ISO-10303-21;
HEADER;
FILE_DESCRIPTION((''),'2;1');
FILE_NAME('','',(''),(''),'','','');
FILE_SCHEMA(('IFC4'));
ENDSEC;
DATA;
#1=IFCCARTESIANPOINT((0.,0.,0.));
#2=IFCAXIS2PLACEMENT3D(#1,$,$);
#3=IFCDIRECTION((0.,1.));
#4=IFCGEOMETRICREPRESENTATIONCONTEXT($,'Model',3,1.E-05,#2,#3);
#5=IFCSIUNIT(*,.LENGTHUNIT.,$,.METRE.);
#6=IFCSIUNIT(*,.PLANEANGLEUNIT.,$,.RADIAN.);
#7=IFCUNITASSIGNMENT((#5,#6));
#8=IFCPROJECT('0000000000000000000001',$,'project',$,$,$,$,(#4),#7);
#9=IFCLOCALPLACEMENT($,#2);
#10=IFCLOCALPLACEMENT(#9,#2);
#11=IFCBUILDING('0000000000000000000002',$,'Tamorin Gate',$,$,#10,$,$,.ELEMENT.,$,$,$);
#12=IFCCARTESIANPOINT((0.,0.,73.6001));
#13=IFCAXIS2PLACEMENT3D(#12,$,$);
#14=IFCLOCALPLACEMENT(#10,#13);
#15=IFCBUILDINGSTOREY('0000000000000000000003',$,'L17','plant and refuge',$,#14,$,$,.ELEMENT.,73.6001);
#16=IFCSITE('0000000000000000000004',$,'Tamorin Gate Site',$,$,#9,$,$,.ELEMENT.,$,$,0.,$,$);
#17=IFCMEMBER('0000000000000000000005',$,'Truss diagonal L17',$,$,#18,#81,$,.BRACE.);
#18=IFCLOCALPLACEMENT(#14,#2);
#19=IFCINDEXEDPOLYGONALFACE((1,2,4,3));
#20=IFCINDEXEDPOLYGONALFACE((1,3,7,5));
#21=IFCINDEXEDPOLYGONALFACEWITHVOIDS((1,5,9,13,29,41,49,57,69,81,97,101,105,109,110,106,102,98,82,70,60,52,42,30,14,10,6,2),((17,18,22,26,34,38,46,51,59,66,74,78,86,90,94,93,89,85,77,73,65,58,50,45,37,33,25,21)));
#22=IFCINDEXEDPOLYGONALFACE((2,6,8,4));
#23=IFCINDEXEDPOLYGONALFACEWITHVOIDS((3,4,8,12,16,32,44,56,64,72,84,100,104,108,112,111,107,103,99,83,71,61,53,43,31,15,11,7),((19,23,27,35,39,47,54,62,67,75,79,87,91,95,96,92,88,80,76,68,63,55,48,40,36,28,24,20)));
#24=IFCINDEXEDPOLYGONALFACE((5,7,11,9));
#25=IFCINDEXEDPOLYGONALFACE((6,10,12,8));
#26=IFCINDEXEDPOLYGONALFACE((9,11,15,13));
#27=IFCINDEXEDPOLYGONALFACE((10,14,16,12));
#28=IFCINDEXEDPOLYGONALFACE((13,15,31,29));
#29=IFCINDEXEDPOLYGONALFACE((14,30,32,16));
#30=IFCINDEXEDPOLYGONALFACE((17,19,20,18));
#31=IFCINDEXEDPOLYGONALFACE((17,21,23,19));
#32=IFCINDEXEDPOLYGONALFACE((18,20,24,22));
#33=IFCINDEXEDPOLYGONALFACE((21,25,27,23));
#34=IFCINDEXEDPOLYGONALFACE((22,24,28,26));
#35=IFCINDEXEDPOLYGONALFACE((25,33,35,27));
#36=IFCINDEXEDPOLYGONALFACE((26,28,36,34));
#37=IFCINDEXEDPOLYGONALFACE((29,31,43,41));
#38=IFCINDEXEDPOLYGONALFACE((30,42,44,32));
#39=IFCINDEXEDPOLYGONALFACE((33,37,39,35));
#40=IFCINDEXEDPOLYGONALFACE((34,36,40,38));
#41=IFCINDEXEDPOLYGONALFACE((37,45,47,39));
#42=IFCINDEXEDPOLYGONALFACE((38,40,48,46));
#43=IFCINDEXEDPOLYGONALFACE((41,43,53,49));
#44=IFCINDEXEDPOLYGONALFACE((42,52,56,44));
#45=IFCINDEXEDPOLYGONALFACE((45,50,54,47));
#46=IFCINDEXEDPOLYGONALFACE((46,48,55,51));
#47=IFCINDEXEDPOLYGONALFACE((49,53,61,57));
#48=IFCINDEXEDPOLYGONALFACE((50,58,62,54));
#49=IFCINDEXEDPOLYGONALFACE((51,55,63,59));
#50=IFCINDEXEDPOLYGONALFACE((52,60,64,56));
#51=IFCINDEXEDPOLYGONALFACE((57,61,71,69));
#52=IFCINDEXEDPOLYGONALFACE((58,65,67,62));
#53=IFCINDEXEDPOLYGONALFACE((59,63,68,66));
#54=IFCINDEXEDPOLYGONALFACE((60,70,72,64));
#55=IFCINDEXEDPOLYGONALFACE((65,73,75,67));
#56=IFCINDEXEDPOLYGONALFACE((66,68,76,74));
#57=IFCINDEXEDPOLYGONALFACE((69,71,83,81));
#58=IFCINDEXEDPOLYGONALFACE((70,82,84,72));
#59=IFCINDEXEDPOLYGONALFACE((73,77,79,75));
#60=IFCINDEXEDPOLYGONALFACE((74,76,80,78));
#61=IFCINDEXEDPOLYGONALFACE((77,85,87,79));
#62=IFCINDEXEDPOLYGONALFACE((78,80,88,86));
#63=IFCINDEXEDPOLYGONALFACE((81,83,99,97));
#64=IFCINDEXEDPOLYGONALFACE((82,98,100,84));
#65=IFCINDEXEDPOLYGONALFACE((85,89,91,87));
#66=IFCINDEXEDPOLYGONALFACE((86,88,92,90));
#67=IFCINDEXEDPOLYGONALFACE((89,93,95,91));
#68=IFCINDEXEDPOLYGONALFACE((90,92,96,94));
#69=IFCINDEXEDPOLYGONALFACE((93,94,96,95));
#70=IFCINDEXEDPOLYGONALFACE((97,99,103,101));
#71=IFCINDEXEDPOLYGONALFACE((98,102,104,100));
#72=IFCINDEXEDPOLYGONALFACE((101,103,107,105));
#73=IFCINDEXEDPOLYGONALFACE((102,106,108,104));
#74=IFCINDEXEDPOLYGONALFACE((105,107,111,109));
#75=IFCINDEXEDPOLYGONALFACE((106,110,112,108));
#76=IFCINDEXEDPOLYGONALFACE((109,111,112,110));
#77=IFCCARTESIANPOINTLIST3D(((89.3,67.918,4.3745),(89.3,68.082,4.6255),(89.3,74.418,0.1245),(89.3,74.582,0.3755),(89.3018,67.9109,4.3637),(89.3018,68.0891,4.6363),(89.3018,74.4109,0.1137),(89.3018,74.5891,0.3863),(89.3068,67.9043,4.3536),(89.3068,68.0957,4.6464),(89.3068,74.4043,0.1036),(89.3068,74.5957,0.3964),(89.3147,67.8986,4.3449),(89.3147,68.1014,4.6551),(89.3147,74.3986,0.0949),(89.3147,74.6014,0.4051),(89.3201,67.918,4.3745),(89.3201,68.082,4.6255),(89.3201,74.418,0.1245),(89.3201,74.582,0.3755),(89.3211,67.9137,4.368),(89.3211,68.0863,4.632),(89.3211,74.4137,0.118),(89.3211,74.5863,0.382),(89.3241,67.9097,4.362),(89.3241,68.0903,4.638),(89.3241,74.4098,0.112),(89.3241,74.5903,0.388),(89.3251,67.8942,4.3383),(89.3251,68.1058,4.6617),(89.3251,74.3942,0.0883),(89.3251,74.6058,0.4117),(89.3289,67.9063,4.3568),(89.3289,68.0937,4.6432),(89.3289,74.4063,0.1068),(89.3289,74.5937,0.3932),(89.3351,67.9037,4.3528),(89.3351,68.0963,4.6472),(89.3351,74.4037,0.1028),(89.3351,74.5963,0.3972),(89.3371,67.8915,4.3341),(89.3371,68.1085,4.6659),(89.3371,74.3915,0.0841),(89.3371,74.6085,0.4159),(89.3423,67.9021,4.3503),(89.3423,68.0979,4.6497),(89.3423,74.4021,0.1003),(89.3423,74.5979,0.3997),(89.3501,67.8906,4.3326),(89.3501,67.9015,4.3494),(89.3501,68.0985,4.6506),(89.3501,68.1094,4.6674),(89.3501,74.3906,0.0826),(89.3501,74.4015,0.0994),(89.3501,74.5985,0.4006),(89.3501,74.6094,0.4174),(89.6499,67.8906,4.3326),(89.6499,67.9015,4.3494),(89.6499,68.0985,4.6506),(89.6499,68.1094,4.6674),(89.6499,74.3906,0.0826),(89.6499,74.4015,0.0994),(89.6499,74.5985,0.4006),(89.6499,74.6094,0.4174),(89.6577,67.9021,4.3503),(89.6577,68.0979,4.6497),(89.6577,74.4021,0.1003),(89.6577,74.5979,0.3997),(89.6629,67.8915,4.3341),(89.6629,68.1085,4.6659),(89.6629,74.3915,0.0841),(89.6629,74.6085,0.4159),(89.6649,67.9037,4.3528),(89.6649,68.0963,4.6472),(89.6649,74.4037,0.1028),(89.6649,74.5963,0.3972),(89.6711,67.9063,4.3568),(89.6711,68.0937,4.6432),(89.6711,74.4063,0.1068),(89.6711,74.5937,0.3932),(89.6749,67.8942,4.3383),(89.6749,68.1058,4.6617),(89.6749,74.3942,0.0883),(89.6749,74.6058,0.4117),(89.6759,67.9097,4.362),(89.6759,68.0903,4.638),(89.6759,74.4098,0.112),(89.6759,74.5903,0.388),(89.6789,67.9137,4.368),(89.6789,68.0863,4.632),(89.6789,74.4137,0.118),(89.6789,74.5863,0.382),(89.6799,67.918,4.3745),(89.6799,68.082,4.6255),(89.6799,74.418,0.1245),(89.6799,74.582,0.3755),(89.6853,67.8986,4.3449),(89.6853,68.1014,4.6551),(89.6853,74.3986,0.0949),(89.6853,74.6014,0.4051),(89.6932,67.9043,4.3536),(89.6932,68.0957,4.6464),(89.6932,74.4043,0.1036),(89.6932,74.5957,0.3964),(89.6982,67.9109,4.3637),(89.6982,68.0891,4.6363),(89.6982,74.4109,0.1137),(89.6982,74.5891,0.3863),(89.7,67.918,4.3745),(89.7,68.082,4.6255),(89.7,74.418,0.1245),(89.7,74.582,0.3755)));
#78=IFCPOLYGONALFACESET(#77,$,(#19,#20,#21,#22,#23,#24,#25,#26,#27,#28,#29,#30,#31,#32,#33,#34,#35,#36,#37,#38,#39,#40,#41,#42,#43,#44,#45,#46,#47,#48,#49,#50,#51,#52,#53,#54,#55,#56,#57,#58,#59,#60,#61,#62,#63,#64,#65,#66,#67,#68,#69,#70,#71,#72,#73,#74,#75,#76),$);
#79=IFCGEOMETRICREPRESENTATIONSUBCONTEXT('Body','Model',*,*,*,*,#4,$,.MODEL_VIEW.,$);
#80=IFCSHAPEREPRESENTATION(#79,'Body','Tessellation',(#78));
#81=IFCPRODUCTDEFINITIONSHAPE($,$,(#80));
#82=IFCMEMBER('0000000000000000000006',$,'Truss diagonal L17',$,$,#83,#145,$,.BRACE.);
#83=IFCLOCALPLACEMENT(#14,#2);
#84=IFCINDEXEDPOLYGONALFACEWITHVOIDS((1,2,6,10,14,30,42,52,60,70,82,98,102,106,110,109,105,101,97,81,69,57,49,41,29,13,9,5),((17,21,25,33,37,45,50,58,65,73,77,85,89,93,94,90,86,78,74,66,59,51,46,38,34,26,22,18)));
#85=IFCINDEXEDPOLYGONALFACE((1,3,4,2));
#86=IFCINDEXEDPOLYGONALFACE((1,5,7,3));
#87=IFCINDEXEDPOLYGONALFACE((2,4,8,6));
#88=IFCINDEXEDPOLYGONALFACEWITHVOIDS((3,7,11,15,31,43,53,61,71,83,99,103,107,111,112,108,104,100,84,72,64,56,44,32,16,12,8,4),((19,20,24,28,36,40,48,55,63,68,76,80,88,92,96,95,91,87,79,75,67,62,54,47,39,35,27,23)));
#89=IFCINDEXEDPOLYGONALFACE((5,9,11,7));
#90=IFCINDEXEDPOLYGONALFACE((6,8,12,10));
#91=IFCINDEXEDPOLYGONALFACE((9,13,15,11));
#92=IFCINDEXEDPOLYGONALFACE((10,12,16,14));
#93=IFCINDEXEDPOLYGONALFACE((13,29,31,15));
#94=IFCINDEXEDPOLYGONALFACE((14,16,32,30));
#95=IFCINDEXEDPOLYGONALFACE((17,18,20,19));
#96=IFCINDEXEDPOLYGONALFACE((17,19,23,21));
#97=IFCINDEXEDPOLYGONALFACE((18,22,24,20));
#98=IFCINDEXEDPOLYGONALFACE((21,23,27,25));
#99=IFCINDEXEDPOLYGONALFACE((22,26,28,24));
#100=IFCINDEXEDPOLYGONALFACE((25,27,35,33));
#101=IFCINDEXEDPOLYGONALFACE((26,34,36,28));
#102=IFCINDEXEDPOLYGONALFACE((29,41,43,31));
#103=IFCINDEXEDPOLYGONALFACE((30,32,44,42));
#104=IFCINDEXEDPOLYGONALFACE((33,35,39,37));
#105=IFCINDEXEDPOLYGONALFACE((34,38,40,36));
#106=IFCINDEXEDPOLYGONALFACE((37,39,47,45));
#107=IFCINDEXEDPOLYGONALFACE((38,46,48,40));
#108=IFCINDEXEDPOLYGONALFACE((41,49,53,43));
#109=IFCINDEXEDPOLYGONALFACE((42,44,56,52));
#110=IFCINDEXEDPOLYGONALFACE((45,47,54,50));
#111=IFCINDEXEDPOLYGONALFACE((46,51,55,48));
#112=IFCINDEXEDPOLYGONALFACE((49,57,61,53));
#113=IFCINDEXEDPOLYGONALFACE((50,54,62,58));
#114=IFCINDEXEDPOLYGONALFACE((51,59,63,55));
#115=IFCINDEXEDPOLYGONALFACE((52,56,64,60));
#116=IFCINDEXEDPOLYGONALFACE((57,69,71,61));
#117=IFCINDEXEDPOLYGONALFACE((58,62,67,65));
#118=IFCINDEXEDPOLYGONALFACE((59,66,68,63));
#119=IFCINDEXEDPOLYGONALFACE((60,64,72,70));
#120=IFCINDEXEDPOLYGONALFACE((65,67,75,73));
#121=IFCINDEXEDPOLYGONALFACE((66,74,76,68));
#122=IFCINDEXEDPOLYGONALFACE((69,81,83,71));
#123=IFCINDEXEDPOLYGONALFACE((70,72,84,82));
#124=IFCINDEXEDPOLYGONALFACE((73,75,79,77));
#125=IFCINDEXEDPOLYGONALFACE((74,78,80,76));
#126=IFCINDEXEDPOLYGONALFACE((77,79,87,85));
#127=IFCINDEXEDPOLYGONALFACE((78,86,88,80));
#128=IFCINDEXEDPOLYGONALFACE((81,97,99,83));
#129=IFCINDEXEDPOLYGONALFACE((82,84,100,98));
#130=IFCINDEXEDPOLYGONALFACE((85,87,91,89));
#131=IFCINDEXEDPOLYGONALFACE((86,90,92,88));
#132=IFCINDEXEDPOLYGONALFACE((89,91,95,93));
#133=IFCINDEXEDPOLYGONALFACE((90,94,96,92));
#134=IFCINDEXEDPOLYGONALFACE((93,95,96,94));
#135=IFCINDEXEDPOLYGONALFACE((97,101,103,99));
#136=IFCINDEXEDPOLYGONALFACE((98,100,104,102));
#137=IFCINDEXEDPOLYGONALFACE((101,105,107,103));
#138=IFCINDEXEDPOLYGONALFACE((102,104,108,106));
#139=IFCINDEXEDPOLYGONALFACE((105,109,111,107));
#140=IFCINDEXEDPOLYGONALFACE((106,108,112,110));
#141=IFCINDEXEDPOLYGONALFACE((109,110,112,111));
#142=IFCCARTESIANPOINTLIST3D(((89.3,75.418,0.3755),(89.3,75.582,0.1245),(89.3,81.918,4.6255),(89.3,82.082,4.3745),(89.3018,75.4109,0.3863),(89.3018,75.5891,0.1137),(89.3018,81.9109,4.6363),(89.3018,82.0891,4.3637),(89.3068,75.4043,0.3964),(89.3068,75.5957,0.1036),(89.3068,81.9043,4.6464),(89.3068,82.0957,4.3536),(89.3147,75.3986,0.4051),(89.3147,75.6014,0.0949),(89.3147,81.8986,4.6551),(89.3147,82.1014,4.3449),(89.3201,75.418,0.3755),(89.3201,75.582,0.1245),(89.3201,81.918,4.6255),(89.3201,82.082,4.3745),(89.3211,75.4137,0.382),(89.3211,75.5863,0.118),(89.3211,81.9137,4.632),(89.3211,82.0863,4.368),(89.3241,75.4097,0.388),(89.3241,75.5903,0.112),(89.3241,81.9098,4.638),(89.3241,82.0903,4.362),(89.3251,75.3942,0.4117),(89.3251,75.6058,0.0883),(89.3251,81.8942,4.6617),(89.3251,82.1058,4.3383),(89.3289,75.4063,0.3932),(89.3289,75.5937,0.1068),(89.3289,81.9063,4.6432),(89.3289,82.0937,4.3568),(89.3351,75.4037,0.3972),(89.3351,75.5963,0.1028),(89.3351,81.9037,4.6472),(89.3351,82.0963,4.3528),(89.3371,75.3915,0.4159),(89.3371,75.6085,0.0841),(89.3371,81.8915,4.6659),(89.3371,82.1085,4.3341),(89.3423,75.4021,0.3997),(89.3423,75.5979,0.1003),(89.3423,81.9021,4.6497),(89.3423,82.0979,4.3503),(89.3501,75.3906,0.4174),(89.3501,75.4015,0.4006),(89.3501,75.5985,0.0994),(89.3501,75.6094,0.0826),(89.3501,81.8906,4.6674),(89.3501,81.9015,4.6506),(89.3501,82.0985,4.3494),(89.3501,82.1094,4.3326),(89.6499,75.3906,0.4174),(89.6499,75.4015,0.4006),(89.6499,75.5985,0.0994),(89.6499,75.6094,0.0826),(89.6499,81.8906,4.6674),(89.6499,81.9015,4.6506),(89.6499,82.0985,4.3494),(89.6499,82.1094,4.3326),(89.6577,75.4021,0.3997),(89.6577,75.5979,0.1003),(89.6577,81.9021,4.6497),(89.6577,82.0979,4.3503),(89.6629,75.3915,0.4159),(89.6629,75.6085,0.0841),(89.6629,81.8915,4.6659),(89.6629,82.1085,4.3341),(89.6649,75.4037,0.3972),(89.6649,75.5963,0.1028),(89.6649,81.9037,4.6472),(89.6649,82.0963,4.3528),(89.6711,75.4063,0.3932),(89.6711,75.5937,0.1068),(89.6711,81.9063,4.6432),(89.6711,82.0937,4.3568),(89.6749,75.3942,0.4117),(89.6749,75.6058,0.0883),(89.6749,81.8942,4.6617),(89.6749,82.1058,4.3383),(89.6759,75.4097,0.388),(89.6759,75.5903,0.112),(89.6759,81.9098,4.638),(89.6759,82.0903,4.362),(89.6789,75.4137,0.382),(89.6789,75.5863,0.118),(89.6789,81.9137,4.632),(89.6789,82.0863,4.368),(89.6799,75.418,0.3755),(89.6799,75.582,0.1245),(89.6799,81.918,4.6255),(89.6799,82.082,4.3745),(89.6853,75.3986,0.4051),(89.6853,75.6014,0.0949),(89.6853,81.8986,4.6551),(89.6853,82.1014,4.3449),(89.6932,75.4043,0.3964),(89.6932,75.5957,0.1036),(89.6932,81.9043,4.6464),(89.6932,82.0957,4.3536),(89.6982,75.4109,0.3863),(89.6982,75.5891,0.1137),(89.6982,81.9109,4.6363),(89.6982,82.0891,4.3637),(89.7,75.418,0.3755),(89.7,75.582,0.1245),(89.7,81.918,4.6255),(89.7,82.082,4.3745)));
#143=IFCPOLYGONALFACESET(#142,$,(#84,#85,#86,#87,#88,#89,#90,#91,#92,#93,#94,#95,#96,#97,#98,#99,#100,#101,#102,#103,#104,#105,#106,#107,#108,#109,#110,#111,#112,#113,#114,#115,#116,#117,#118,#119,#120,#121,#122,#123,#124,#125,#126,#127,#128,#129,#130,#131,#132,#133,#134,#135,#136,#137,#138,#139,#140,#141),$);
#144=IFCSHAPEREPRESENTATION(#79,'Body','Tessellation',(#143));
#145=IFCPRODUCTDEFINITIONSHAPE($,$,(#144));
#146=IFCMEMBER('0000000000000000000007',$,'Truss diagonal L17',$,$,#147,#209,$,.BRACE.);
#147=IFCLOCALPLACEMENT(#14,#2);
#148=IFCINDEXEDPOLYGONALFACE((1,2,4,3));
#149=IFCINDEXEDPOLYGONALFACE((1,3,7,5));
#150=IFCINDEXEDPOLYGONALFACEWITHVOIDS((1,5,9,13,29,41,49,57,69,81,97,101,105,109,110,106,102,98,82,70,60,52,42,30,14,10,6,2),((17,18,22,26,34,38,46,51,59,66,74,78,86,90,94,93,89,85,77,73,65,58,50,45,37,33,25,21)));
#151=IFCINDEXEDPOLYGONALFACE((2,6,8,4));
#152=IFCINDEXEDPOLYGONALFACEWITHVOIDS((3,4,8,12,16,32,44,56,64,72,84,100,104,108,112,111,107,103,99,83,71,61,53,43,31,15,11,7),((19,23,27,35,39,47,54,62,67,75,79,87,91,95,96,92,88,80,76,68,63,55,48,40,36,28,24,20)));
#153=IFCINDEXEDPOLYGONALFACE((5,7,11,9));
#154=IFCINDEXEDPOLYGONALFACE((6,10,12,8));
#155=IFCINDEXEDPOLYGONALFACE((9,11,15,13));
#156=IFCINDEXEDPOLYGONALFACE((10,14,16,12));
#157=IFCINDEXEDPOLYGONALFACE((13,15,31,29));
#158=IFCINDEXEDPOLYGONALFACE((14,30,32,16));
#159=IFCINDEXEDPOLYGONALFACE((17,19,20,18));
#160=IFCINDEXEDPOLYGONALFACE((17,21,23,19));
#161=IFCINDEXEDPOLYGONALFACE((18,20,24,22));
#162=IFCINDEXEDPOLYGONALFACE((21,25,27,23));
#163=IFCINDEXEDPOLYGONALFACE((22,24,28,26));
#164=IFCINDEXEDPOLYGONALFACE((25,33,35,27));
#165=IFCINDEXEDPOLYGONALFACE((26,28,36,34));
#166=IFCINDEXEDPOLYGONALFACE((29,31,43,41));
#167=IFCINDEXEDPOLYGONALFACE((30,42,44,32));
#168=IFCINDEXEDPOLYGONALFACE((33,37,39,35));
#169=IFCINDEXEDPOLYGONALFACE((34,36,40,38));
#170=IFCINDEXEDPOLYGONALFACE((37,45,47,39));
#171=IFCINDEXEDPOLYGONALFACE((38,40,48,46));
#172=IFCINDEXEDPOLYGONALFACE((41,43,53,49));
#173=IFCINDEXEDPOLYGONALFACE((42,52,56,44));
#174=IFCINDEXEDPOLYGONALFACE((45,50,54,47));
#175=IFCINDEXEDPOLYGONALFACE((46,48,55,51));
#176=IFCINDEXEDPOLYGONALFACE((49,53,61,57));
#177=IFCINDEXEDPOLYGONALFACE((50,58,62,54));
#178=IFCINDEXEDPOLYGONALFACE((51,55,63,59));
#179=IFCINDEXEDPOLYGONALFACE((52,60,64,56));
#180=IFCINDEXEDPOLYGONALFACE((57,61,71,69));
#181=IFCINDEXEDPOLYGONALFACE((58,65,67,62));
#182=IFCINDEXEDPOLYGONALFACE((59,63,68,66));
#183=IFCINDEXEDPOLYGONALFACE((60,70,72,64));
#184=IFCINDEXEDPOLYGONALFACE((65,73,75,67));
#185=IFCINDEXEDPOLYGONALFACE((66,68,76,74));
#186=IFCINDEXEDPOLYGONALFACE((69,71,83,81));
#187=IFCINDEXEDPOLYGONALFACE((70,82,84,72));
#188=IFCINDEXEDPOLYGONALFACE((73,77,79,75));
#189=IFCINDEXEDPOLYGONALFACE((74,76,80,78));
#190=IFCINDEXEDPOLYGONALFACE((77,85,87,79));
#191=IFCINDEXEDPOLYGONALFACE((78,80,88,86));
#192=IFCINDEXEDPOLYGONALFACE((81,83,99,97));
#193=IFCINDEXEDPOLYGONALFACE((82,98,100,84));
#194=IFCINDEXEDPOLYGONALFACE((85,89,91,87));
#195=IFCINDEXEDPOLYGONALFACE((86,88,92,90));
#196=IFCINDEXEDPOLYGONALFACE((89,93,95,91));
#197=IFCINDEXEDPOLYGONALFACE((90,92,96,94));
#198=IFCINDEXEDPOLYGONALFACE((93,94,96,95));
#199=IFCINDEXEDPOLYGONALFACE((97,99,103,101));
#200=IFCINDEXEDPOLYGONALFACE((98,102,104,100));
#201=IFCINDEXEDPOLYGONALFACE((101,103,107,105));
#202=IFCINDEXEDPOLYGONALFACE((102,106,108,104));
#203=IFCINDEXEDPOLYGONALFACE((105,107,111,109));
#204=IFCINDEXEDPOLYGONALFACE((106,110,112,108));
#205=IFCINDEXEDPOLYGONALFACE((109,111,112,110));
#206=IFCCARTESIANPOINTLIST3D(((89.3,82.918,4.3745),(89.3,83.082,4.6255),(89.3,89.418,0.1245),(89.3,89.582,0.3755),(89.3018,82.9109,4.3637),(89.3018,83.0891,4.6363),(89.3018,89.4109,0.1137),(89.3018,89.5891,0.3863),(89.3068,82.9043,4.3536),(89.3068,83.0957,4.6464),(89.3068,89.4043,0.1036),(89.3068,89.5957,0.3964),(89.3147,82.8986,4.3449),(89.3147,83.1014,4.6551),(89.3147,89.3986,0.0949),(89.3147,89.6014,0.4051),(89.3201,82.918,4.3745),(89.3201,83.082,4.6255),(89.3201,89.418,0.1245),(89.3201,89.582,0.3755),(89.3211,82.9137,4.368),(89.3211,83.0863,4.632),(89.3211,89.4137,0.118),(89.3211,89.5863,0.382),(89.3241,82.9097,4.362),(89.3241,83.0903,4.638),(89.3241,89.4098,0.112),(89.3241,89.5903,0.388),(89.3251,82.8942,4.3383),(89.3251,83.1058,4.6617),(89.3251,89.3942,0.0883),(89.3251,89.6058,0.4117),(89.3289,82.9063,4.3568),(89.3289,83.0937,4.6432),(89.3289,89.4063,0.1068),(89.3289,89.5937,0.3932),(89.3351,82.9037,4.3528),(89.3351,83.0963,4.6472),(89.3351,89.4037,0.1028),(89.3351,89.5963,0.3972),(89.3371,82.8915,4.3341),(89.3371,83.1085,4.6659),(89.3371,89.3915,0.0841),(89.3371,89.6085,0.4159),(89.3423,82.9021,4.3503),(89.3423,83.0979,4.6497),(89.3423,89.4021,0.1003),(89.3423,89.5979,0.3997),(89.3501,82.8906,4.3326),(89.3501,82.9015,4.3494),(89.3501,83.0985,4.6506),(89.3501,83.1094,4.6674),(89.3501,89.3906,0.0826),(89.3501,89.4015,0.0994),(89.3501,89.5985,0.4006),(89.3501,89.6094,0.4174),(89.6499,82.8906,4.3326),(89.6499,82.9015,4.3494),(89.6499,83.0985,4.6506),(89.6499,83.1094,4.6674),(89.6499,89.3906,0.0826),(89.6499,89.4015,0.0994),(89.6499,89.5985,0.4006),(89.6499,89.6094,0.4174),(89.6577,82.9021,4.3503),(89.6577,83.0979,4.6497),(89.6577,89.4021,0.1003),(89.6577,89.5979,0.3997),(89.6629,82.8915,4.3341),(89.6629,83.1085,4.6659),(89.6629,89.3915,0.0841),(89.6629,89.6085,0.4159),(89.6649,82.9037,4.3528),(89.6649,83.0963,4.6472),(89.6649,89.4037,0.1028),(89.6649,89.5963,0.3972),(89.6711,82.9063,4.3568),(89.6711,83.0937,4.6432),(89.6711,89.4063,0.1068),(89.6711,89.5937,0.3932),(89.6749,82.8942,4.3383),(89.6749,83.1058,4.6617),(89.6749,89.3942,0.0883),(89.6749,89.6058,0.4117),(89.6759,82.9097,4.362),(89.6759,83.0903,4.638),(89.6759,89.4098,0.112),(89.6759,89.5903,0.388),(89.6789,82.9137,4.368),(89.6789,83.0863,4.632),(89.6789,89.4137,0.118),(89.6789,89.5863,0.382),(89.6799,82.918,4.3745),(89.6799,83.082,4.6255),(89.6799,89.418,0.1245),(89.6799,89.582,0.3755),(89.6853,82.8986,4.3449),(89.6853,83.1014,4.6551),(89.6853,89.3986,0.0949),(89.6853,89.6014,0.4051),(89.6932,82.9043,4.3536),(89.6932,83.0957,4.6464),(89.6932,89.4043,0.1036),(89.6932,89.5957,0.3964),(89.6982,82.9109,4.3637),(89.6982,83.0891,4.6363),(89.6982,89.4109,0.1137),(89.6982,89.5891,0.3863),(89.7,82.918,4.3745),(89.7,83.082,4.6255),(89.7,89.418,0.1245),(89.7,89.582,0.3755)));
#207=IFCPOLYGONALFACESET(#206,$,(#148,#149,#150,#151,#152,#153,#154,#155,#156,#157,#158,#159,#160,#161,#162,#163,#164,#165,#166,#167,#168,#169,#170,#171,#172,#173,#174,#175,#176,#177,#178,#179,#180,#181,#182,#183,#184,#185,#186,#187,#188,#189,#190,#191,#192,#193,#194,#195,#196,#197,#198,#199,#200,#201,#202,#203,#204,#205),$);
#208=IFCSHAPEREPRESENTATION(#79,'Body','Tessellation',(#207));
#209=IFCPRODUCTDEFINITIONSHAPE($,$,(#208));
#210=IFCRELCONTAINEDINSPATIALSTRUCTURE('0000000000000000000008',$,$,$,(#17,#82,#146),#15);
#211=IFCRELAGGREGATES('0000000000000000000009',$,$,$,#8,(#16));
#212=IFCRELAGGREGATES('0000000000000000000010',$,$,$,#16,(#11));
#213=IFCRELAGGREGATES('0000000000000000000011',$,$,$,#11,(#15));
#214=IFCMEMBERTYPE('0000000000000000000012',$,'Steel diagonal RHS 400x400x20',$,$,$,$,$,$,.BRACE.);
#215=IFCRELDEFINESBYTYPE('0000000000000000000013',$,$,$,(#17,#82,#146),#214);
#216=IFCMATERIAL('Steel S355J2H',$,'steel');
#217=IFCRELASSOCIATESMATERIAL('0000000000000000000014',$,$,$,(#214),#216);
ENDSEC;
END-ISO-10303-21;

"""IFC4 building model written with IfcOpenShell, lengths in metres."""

from ifc_helpers import new_model, si_unit, direction, frame, origin, origin_2d, place, context, subcontext, project, spatial, hollow_rectangle, extrude, material, material_profile, profile_set, type_object, element, save


model = new_model("IFC4")

# Units and contexts
model_context = context("Model", 3, precision=1e-05, world=origin(), true_north=direction((0.0, 1.0)))
body_context = subcontext(model_context, "Body", "Model", "MODEL_VIEW")
ifc_project = project(units=[si_unit("LENGTHUNIT", "METRE"), si_unit("PLANEANGLEUNIT", "RADIAN")], contexts=[model_context])

# Site, building, storey
site_placement = place(None, origin())
site = spatial("IfcSite", under=ifc_project, at=site_placement, Name="Tamorin Gate Site", CompositionType="ELEMENT", RefElevation=0.0)
building_placement = place(site_placement, origin())
building = spatial("IfcBuilding", under=site, at=building_placement, Name="Tamorin Gate", CompositionType="ELEMENT")
storey_placement = place(building_placement, frame((0.0, 0.0, 73.6001)))
storey = spatial("IfcBuildingStorey", under=building, at=storey_placement, Name="L17", Description="plant and refuge", CompositionType="ELEMENT", Elevation=73.6001)

# Members
ifc_material_1 = material(Name="Steel S355J2H", Category="steel")
ifc_material_profile_1 = material_profile(ifc_material_1, hollow_rectangle(XDim=0.3999, YDim=0.3999, WallThickness=0.02, InnerFilletRadius=0.03, OuterFilletRadius=0.05, at=origin_2d()), Name="RHS 400x400x20")
ifc_profile_set_1 = profile_set([ifc_material_profile_1], Name="Steel S355J2H")
member_type_1 = type_object("IfcMemberType", Name="Steel diagonal RHS 400x400x20", PredefinedType="BRACE", material=ifc_profile_set_1)
for number, where, z_axis, x_axis, name in (
    (1, (89.5, 68.0, 4.5), (0.0, 0.83697, -0.547249), (-1.0, 0.0, 0.0), "Truss diagonal L17"),
    (2, (89.5, 75.5, 0.25), (0.0, 0.83697, 0.547249), (-1.0, 0.0, 0.0), "Truss diagonal L17"),
    (3, (89.5, 83.0, 4.5), (0.0, 0.83697, -0.547249), (-1.0, 0.0, 0.0), "Truss diagonal L17"),
):
    element("IfcMember", number, at=place(storey_placement, frame(where, z_axis=z_axis, x_axis=x_axis)), inside=storey, type_object=member_type_1, Name=name, PredefinedType="BRACE", context=body_context, shape_type="SweptSolid", body=[
        extrude(hollow_rectangle(XDim=0.3999, YDim=0.3999, WallThickness=0.02, InnerFilletRadius=0.03, OuterFilletRadius=0.05, at=origin_2d()), origin(), (0.0, 0.0, 1.0), 7.7661),
    ])

save(model, "model.ifc")
